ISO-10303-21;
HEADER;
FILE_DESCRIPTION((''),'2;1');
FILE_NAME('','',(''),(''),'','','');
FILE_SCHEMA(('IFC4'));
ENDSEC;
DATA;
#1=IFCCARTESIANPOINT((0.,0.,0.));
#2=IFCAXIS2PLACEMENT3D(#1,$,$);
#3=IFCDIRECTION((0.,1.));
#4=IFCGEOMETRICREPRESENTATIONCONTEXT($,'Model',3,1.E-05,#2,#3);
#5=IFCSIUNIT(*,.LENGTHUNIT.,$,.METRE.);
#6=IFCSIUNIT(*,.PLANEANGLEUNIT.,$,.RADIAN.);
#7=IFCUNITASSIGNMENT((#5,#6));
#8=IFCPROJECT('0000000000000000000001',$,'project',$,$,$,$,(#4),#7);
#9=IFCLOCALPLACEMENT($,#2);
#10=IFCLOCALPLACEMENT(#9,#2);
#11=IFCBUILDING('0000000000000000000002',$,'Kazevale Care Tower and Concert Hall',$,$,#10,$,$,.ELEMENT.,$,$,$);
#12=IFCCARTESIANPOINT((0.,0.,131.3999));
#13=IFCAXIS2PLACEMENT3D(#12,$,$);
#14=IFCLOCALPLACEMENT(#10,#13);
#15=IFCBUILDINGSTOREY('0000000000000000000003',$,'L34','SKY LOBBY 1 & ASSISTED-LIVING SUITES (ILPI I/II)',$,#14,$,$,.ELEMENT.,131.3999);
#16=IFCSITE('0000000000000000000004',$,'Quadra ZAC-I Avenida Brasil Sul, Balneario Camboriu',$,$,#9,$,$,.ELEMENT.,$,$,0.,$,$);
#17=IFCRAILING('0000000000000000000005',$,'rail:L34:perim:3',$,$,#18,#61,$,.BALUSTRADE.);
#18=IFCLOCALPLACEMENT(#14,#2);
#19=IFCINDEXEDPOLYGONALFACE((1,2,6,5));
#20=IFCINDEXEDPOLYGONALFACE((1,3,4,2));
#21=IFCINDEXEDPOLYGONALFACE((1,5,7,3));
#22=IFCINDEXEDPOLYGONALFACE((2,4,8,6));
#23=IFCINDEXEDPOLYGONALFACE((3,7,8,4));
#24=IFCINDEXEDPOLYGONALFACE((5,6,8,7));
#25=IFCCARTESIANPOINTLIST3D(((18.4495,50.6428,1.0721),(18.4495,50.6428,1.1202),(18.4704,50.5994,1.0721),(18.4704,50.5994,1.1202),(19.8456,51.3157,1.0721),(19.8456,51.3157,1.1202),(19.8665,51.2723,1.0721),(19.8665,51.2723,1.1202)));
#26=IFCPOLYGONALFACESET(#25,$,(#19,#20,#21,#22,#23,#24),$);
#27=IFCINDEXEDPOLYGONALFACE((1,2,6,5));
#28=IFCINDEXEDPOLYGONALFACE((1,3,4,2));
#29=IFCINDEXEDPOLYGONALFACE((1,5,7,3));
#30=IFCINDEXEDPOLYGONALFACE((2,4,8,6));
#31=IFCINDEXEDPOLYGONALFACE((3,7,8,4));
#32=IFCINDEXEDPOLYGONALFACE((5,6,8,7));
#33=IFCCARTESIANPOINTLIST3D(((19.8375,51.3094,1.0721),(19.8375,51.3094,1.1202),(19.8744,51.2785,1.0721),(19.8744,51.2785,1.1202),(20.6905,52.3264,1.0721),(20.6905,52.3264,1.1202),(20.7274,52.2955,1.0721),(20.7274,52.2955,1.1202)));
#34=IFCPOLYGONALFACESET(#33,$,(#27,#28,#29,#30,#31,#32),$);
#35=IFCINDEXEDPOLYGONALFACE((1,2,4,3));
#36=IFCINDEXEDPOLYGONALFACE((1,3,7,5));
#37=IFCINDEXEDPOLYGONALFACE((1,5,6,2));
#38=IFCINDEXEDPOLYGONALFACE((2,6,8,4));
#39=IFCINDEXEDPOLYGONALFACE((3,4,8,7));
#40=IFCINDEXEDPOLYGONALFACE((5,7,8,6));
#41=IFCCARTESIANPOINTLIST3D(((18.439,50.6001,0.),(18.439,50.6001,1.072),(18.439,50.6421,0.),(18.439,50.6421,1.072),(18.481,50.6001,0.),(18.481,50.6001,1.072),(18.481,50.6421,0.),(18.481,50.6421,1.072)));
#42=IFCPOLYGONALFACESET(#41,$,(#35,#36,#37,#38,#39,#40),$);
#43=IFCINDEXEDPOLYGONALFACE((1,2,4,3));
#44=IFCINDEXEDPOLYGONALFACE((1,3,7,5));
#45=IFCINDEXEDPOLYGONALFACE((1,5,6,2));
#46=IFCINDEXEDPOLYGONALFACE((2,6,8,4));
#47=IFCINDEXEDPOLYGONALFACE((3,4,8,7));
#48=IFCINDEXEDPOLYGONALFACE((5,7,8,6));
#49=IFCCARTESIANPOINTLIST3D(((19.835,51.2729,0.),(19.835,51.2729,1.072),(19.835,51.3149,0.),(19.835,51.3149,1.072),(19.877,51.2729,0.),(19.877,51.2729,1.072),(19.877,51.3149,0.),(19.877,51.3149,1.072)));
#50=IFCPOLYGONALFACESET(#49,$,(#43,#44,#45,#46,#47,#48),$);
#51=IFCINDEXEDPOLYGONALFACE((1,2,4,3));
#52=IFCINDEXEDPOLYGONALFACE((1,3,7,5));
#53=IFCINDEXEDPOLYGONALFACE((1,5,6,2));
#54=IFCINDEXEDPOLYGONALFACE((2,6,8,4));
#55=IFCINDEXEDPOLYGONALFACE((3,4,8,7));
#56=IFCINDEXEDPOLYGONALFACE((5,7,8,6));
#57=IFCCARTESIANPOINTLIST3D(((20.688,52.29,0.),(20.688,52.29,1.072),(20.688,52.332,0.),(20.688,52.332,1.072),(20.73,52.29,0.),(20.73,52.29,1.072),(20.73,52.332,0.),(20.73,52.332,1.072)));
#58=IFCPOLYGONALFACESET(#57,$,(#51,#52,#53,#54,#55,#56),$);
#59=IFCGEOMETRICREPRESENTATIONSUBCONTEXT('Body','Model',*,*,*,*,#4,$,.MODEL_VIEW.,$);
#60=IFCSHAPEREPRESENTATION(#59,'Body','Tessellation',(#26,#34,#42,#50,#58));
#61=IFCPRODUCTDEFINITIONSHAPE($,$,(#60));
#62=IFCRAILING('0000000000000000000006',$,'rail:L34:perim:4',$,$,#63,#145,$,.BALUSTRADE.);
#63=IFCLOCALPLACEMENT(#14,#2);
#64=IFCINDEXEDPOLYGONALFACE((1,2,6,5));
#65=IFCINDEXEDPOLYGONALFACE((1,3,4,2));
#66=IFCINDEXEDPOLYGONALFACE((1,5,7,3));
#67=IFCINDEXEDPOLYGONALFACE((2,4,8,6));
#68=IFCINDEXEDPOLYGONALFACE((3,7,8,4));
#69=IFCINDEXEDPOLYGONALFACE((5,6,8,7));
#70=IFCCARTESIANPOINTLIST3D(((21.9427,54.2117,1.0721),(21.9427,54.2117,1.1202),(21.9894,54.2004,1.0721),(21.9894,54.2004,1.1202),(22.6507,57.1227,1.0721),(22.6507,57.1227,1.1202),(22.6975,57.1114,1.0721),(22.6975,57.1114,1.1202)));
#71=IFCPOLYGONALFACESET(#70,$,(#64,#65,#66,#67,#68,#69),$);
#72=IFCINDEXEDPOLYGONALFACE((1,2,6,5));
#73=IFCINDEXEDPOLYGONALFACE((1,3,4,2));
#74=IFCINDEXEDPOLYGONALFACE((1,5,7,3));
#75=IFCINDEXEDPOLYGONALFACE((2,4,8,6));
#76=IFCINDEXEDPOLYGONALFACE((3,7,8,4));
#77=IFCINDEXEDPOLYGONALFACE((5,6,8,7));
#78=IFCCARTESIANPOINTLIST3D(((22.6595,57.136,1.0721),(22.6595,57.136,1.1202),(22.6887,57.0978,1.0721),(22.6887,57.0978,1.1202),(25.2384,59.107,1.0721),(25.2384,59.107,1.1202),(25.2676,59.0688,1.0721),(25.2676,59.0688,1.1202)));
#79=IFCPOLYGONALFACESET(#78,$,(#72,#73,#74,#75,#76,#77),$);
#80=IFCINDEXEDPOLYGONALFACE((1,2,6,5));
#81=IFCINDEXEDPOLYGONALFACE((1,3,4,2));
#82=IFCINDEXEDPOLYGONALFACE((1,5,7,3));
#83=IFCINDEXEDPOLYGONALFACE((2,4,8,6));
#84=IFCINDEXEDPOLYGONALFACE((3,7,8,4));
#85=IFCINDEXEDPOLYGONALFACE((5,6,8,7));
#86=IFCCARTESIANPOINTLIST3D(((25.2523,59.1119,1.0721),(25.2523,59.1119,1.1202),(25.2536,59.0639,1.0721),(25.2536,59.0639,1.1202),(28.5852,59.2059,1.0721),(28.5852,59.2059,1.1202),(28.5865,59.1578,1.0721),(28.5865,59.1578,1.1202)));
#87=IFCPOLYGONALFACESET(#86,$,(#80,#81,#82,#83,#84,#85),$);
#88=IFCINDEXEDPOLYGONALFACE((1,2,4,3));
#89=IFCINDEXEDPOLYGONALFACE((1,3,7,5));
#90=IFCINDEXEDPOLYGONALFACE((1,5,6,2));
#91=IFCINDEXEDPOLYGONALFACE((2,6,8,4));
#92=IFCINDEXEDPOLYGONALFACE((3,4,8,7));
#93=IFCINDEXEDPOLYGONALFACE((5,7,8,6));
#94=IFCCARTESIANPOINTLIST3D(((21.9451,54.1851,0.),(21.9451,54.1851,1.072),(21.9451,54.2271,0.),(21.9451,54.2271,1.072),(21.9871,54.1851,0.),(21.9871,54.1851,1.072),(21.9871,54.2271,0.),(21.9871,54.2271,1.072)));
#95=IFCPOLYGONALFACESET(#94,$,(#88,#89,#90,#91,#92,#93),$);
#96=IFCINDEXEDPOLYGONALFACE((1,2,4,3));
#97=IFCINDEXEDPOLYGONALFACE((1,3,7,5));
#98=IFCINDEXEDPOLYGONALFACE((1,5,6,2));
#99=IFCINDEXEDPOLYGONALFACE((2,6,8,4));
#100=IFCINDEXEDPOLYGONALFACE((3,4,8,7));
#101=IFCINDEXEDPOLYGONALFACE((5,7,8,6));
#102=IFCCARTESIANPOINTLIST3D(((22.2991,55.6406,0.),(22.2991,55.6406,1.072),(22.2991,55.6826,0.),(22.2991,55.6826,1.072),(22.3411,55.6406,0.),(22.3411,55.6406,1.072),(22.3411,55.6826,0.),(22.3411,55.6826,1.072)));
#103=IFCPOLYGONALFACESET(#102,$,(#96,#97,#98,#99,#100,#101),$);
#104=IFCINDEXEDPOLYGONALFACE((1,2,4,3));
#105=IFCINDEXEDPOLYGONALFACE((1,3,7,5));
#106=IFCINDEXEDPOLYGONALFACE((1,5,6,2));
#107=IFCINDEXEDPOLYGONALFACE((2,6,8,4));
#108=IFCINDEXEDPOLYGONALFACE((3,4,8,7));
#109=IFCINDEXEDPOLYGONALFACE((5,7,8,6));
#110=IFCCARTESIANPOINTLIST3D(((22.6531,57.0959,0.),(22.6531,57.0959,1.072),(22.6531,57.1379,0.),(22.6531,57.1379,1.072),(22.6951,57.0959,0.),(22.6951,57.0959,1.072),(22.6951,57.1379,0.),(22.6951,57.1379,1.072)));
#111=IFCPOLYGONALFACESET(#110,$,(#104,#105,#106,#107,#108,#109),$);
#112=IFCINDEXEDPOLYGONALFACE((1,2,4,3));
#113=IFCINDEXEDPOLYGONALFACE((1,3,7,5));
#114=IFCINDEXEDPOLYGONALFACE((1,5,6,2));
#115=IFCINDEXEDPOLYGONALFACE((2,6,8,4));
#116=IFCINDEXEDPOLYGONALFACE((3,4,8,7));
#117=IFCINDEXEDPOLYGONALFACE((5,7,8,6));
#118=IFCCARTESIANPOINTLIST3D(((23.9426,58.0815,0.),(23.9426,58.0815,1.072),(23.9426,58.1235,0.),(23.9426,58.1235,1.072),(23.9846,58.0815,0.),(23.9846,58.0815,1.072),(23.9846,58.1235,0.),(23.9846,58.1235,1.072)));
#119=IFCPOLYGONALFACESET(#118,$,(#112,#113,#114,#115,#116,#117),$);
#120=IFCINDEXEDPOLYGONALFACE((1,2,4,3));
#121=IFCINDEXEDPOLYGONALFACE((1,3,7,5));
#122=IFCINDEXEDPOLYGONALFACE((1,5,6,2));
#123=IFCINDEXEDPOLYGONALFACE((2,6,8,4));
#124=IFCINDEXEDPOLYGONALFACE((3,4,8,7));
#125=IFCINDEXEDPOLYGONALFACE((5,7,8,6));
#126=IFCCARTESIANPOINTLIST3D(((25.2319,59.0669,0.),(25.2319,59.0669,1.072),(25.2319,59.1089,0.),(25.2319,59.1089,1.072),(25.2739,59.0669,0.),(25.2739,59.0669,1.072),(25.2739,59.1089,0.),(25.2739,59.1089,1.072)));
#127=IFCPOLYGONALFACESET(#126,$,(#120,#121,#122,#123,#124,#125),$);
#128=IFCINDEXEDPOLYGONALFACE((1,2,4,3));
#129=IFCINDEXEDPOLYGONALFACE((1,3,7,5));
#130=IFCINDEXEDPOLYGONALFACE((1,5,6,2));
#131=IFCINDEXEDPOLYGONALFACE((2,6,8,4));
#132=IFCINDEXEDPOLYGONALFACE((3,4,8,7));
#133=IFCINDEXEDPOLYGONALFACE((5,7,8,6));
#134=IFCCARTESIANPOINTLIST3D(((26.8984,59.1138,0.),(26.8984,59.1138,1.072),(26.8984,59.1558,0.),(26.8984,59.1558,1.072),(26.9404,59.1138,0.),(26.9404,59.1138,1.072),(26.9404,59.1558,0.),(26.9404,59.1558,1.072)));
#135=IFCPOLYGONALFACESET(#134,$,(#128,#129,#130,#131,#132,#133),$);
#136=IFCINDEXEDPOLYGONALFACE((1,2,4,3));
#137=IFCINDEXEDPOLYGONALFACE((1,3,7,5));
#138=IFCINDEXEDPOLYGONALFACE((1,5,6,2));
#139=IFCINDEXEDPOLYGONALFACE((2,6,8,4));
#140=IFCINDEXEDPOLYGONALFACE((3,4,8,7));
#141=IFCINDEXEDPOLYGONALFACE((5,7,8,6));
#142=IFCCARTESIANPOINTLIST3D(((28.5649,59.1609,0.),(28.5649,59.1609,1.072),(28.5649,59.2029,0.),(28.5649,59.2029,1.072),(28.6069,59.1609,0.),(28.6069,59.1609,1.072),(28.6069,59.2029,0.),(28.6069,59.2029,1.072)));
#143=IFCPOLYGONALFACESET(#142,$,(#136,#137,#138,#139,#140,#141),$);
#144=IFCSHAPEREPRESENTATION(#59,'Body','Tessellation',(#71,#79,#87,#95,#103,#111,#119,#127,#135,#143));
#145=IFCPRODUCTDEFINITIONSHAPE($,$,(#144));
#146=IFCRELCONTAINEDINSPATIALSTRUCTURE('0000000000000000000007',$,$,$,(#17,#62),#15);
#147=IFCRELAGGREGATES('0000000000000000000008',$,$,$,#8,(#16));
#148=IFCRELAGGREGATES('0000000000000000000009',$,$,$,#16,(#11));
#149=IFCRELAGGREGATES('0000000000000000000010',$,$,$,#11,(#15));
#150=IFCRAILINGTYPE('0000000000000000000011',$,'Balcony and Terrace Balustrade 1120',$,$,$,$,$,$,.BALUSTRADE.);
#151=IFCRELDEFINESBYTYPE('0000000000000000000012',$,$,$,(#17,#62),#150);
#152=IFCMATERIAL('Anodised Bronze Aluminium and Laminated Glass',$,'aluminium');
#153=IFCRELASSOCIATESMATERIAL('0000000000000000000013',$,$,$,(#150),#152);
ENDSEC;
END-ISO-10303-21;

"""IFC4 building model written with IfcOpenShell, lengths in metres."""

from ifc_helpers import new_model, si_unit, direction, frame, origin, origin_2d, place, context, subcontext, project, spatial, rectangle, extrude, material, type_object, element, save


model = new_model("IFC4")

# Units and contexts
model_context = context("Model", 3, precision=1e-05, world=origin(), true_north=direction((0.0, 1.0)))
body_context = subcontext(model_context, "Body", "Model", "MODEL_VIEW")
ifc_project = project(units=[si_unit("LENGTHUNIT", "METRE"), si_unit("PLANEANGLEUNIT", "RADIAN")], contexts=[model_context])

# Site, building, storey
site_placement = place(None, origin())
site = spatial("IfcSite", under=ifc_project, at=site_placement, Name="Quadra ZAC-I Avenida Brasil Sul, Balneario Camboriu", CompositionType="ELEMENT", RefElevation=0.0)
building_placement = place(site_placement, origin())
building = spatial("IfcBuilding", under=site, at=building_placement, Name="Kazevale Care Tower and Concert Hall", CompositionType="ELEMENT")
storey_placement = place(building_placement, frame((0.0, 0.0, 131.3999)))
storey = spatial("IfcBuildingStorey", under=building, at=storey_placement, Name="L34", Description="SKY LOBBY 1 & ASSISTED-LIVING SUITES (ILPI I/II)", CompositionType="ELEMENT", Elevation=131.3999)

# Railings
ifc_material_1 = material(Name="Anodised Bronze Aluminium and Laminated Glass", Category="aluminium")
railing_type = type_object("IfcRailingType", Name="Balcony and Terrace Balustrade 1120", PredefinedType="BALUSTRADE", material=ifc_material_1)
railing_1_placement = place(storey_placement, frame((18.46, 50.6211, 0.0)))
element("IfcRailing", 1, at=railing_1_placement, inside=storey, type_object=railing_type, Name="rail:L34:perim:3", PredefinedType="BALUSTRADE", context=body_context, shape_type="SweptSolid", body=[
    extrude(rectangle(XDim=0.0481, YDim=0.0481, at=origin_2d()), frame((0.0, 0.0, 1.0962), z_axis=(0.900824, 0.434185, 0.0), x_axis=(-0.434185, 0.900824, 0.0)), (0.0, 0.0, 1.0), 1.5498),
    extrude(rectangle(XDim=0.0481, YDim=0.0481, at=origin_2d()), frame((1.396, 0.6729, 1.0962), z_axis=(0.642605, 0.766197, 0.0), x_axis=(-0.766197, 0.642605, 0.0)), (0.0, 0.0, 1.0), 1.3274),
    extrude(rectangle(XDim=0.042, YDim=0.042, at=origin_2d()), origin(), (0.0, 0.0, 1.0), 1.072),
    extrude(rectangle(XDim=0.042, YDim=0.042, at=origin_2d()), frame((1.396, 0.6729, 0.0)), (0.0, 0.0, 1.0), 1.072),
    extrude(rectangle(XDim=0.042, YDim=0.042, at=origin_2d()), frame((2.249, 1.6899, 0.0)), (0.0, 0.0, 1.0), 1.072),
])
railing_2_placement = place(storey_placement, frame((21.9661, 54.2061, 0.0)))
element("IfcRailing", 2, at=railing_2_placement, inside=storey, type_object=railing_type, Name="rail:L34:perim:4", PredefinedType="BALUSTRADE", context=body_context, shape_type="SweptSolid", body=[
    extrude(rectangle(XDim=0.0481, YDim=0.0481, at=origin_2d()), frame((0.0, 0.0, 1.0962), z_axis=(0.236337, 0.971671, 0.0), x_axis=(-0.971671, 0.236337, 0.0)), (0.0, 0.0, 1.0), 2.9958),
    extrude(rectangle(XDim=0.0481, YDim=0.0481, at=origin_2d()), frame((0.708, 2.9109, 1.0962), z_axis=(0.794524, 0.607232, 0.0), x_axis=(-0.607232, 0.794524, 0.0)), (0.0, 0.0, 1.0), 3.2458),
    extrude(rectangle(XDim=0.0481, YDim=0.0481, at=origin_2d()), frame((3.2869, 4.8818, 1.0962), z_axis=(0.999603, 0.02819, 0.0), x_axis=(-0.02819, 0.999603, 0.0)), (0.0, 0.0, 1.0), 3.3342),
    extrude(rectangle(XDim=0.042, YDim=0.042, at=origin_2d()), origin(), (0.0, 0.0, 1.0), 1.072),
    extrude(rectangle(XDim=0.042, YDim=0.042, at=origin_2d()), frame((0.354, 1.4556, 0.0)), (0.0, 0.0, 1.0), 1.072),
    extrude(rectangle(XDim=0.042, YDim=0.042, at=origin_2d()), frame((0.708, 2.9109, 0.0)), (0.0, 0.0, 1.0), 1.072),
    extrude(rectangle(XDim=0.042, YDim=0.042, at=origin_2d()), frame((1.9976, 3.8965, 0.0)), (0.0, 0.0, 1.0), 1.072),
    extrude(rectangle(XDim=0.042, YDim=0.042, at=origin_2d()), frame((3.2869, 4.8818, 0.0)), (0.0, 0.0, 1.0), 1.072),
    extrude(rectangle(XDim=0.042, YDim=0.042, at=origin_2d()), frame((4.9534, 4.9287, 0.0)), (0.0, 0.0, 1.0), 1.072),
    extrude(rectangle(XDim=0.042, YDim=0.042, at=origin_2d()), frame((6.6199, 4.9758, 0.0)), (0.0, 0.0, 1.0), 1.072),
])

save(model, "model.ifc")
